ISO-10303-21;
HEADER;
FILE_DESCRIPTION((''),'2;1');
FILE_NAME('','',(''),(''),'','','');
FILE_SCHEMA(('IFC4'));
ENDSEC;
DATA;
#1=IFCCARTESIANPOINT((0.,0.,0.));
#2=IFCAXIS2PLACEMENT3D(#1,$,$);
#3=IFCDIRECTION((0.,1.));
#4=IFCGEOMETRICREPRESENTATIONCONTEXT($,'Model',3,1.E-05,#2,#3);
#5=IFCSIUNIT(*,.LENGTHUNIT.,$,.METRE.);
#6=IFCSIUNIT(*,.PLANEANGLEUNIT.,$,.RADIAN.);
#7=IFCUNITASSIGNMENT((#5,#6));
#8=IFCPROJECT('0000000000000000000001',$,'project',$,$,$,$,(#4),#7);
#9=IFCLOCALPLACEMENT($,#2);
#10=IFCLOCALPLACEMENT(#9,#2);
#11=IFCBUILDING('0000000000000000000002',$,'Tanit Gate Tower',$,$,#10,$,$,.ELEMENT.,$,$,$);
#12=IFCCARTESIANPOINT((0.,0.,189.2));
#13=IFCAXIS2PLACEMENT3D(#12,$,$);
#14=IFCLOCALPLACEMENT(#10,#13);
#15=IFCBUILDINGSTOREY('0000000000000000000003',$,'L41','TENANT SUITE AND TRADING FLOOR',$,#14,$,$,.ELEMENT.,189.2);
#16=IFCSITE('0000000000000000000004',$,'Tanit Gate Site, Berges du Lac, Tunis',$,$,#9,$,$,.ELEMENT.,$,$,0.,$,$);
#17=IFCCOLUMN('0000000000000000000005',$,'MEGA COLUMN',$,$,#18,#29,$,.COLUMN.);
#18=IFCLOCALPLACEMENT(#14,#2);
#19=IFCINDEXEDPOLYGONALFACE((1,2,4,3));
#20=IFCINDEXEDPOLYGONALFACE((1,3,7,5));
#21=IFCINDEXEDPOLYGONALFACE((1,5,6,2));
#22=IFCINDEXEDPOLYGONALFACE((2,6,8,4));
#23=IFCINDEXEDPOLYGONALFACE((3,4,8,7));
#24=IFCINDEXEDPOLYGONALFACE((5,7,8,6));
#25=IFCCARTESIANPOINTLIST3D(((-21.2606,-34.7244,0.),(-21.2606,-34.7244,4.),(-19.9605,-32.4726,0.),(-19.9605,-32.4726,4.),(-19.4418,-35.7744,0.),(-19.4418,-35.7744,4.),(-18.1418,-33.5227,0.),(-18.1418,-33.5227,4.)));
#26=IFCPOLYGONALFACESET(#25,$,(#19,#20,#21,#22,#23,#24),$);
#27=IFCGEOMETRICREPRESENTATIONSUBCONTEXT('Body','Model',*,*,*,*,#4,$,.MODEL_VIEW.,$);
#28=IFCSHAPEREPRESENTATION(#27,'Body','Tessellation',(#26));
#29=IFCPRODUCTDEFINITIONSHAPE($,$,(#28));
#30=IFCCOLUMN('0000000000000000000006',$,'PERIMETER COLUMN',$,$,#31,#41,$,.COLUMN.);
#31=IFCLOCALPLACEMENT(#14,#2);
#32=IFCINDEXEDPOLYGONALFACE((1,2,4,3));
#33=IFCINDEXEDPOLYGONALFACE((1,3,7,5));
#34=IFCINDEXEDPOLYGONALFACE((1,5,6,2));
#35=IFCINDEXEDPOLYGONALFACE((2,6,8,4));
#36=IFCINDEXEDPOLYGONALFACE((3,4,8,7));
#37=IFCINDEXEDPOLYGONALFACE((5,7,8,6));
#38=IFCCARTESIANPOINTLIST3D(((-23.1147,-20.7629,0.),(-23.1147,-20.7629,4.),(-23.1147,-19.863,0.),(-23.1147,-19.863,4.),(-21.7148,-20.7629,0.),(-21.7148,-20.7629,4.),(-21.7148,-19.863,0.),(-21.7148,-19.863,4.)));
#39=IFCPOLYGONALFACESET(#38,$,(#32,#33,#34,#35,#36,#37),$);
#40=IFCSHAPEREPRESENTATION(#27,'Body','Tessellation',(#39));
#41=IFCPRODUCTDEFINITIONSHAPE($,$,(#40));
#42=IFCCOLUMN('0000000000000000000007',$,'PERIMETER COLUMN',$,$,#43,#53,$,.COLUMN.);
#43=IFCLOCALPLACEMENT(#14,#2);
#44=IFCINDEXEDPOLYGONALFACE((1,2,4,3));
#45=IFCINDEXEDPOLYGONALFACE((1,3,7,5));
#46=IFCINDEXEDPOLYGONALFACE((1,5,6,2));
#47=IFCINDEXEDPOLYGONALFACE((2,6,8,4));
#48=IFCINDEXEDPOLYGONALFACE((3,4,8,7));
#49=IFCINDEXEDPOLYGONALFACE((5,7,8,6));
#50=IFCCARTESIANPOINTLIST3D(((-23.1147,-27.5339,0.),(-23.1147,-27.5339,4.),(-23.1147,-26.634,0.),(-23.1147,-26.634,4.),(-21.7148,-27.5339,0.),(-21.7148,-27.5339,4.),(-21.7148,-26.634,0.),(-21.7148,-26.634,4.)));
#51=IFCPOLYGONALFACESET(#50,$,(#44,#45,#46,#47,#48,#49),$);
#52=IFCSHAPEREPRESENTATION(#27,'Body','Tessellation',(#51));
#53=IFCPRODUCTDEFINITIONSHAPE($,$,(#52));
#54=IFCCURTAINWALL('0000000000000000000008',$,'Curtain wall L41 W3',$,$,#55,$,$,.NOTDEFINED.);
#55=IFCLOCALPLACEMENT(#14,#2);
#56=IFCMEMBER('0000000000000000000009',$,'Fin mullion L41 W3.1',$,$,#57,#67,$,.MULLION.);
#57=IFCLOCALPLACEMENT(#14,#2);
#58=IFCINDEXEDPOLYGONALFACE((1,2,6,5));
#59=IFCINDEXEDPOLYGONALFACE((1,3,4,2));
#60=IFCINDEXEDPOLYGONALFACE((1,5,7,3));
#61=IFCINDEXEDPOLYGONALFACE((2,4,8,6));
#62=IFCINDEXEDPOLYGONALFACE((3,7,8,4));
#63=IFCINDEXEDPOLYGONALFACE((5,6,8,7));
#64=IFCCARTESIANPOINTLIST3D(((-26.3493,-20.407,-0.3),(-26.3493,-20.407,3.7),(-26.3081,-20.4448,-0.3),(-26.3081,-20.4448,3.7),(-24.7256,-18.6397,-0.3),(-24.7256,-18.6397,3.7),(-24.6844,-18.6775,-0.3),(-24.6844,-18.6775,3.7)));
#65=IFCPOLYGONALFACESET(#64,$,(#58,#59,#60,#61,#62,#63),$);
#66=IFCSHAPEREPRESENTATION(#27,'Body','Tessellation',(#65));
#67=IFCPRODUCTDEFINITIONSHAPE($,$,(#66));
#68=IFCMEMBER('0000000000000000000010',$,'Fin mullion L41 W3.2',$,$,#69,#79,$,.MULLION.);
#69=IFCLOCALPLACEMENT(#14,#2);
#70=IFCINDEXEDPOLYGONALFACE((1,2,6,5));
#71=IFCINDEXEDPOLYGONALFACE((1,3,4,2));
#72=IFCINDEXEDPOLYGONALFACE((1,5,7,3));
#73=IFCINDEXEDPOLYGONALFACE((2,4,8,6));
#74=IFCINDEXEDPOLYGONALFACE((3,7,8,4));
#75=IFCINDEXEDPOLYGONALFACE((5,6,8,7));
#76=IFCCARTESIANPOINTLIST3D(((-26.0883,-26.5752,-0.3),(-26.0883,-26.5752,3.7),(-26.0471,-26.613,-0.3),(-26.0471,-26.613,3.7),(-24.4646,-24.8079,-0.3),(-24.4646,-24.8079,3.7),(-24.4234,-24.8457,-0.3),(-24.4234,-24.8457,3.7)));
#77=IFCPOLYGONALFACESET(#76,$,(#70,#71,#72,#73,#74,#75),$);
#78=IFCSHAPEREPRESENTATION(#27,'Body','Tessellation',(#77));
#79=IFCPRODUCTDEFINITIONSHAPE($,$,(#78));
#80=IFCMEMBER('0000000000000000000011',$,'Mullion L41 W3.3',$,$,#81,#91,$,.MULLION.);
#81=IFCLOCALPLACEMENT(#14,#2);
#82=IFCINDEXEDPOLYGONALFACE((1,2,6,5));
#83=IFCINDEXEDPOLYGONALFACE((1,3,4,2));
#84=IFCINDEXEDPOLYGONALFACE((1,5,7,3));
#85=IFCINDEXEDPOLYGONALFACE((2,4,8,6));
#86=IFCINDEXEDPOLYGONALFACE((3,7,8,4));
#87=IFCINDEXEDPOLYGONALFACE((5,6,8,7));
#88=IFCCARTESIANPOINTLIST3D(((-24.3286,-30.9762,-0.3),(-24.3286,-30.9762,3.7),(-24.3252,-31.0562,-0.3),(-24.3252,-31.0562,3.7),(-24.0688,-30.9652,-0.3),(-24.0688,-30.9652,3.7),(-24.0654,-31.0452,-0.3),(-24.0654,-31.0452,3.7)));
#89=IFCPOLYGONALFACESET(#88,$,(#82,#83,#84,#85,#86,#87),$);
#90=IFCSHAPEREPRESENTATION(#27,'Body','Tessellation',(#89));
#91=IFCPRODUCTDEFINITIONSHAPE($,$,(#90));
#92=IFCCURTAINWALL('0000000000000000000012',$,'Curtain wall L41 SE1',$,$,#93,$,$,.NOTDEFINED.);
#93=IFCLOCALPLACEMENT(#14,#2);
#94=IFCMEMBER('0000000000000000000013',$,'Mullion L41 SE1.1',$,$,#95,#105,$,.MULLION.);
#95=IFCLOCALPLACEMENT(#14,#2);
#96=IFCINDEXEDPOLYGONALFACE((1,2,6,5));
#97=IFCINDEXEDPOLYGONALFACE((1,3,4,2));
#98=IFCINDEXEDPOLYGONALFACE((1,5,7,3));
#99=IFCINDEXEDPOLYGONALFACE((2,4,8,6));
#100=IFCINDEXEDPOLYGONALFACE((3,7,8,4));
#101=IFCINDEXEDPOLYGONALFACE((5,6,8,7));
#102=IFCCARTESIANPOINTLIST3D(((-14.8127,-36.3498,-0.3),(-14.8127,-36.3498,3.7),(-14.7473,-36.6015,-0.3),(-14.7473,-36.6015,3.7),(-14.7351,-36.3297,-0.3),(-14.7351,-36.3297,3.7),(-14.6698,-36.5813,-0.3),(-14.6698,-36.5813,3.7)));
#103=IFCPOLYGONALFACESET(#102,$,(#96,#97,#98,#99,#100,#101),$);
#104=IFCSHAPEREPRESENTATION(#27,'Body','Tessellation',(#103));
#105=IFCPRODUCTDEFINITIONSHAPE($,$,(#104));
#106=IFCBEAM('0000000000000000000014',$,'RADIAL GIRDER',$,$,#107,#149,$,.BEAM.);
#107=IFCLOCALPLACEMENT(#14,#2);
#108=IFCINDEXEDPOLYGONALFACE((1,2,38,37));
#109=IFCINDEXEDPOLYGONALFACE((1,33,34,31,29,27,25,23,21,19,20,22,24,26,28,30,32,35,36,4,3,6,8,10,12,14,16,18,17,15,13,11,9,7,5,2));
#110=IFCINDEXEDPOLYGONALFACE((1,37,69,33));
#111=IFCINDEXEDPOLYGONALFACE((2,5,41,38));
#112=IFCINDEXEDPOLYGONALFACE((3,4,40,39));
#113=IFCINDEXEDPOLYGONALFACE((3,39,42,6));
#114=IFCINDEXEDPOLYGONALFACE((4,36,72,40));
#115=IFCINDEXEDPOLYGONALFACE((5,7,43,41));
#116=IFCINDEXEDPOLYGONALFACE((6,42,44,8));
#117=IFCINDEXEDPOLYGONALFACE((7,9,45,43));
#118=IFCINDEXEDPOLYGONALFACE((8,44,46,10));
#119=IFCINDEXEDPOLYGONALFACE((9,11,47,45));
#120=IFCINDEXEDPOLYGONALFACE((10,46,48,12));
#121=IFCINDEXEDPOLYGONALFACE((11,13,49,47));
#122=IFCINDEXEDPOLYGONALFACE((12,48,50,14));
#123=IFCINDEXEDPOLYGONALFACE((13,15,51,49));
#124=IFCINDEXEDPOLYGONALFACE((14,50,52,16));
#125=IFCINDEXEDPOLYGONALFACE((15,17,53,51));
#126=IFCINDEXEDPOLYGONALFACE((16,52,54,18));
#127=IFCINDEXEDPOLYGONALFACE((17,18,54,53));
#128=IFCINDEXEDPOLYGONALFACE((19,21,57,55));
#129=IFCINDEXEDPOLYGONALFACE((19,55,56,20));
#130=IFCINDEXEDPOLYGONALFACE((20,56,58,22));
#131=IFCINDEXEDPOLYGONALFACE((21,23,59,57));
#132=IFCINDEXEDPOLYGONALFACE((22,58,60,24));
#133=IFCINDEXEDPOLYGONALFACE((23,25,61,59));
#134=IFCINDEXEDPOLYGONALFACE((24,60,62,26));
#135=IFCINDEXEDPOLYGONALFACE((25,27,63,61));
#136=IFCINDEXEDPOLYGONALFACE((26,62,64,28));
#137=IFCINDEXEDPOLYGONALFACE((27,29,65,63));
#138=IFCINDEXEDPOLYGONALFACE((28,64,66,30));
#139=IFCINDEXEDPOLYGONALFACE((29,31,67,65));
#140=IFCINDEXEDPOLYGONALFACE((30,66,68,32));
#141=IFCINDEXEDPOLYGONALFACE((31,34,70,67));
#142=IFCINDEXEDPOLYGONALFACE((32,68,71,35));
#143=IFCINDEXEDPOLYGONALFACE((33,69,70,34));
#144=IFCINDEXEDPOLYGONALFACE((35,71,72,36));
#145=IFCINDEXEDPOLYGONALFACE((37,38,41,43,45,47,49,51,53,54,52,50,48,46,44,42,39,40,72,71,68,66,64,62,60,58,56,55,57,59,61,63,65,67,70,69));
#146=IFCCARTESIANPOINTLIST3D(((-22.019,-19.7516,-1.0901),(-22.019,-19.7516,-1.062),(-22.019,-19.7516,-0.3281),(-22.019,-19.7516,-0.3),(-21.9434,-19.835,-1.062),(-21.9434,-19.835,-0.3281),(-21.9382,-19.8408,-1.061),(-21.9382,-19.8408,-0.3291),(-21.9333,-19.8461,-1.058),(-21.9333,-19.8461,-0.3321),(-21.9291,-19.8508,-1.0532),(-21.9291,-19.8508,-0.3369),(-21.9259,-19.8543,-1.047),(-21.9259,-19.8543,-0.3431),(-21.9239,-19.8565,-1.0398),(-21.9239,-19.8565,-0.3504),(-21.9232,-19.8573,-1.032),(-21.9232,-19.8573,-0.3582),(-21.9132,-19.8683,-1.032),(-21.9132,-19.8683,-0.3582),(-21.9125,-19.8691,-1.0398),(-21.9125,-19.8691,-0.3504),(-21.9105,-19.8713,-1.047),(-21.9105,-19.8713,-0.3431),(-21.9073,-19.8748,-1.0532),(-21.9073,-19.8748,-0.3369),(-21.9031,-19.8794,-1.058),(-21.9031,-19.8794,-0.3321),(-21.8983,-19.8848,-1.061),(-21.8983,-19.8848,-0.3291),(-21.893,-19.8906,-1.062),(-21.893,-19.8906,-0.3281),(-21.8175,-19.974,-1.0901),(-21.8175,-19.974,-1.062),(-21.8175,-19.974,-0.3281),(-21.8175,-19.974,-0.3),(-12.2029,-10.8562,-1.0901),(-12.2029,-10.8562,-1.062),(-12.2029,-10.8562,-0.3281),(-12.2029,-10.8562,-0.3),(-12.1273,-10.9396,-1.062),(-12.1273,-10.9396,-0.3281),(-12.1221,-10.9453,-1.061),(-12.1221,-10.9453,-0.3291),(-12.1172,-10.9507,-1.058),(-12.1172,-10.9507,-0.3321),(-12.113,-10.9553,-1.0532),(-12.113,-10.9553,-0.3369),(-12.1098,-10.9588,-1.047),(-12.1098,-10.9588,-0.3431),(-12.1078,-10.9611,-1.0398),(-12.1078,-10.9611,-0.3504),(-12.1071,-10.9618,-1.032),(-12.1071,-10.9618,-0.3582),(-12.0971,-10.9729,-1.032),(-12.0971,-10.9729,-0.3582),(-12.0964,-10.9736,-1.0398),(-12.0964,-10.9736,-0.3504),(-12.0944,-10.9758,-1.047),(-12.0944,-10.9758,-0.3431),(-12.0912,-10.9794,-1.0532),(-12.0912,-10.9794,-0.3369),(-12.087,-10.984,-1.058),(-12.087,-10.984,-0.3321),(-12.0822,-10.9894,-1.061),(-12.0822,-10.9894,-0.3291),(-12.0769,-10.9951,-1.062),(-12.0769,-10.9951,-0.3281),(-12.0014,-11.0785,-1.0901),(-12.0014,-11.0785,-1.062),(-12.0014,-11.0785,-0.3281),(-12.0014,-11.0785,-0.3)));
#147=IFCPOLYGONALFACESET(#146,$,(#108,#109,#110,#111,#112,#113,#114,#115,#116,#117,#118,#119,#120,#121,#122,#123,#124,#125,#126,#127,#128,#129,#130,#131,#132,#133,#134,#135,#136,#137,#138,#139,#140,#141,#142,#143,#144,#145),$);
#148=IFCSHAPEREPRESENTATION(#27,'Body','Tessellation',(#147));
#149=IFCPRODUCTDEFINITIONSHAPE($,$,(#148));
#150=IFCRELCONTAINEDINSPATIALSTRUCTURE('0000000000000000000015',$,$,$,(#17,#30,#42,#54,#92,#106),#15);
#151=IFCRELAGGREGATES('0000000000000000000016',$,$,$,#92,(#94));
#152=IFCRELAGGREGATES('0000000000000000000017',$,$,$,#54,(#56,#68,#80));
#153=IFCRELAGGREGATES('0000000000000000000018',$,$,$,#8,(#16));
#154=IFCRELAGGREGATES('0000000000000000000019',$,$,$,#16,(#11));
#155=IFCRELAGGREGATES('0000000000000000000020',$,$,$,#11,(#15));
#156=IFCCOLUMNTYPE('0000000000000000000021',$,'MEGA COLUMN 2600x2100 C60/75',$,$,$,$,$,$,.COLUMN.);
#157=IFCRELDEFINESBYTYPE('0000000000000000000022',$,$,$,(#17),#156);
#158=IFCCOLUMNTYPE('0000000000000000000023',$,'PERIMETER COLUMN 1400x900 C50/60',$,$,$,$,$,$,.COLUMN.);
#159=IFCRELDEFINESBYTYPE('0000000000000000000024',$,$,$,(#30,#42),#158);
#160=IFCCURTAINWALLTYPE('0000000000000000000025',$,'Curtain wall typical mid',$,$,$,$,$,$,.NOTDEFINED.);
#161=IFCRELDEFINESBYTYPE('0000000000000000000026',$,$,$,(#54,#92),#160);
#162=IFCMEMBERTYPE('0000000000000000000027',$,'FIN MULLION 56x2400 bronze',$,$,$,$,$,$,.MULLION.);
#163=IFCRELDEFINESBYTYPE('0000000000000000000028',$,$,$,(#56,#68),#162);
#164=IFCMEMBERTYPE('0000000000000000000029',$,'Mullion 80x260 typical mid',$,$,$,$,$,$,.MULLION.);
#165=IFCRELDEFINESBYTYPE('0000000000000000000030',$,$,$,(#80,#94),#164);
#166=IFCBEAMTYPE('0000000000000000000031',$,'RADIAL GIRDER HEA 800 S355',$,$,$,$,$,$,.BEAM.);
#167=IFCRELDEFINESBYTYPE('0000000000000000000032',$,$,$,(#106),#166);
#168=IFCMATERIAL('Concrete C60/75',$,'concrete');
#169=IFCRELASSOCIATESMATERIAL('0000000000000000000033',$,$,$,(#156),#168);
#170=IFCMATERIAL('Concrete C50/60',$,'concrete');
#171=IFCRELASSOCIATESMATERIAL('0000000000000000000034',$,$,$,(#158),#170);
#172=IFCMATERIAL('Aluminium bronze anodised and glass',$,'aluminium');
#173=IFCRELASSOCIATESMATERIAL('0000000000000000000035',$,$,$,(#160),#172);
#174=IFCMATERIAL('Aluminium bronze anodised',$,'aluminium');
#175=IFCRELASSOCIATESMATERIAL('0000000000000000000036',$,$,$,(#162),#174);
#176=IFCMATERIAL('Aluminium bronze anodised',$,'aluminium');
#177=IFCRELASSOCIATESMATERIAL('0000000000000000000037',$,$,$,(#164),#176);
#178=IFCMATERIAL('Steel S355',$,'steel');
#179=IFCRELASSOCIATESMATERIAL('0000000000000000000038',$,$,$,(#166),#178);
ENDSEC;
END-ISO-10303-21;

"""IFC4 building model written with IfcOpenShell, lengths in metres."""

from ifc_helpers import new_model, si_unit, direction, frame, origin, origin_2d, place, context, subcontext, project, spatial, rectangle, i_section, extrude, material, material_profile, profile_set, type_object, element, aggregate, save


model = new_model("IFC4")

# Units and contexts
model_context = context("Model", 3, precision=1e-05, world=origin(), true_north=direction((0.0, 1.0)))
body_context = subcontext(model_context, "Body", "Model", "MODEL_VIEW")
ifc_project = project(units=[si_unit("LENGTHUNIT", "METRE"), si_unit("PLANEANGLEUNIT", "RADIAN")], contexts=[model_context])

# Site, building, storey
site_placement = place(None, origin())
site = spatial("IfcSite", under=ifc_project, at=site_placement, Name="Tanit Gate Site, Berges du Lac, Tunis", CompositionType="ELEMENT", RefElevation=0.0)
building_placement = place(site_placement, origin())
building = spatial("IfcBuilding", under=site, at=building_placement, Name="Tanit Gate Tower", CompositionType="ELEMENT")
storey_placement = place(building_placement, frame((0.0, 0.0, 189.2)))
storey = spatial("IfcBuildingStorey", under=building, at=storey_placement, Name="L41", Description="TENANT SUITE AND TRADING FLOOR", CompositionType="ELEMENT", Elevation=189.2)

# Columns
ifc_material_1 = material(Name="Concrete C60/75", Category="concrete")
ifc_material_profile_1 = material_profile(ifc_material_1, rectangle(XDim=2.6001, YDim=2.1001, at=origin_2d()), Name="RC 2600x2100")
ifc_profile_set_1 = profile_set([ifc_material_profile_1], Name="Concrete C60/75")
column_type_1 = type_object("IfcColumnType", Name="MEGA COLUMN 2600x2100 C60/75", PredefinedType="COLUMN", material=ifc_profile_set_1)
column_placement = place(storey_placement, frame((-19.7012, -34.1235, 0.0), z_axis=(0.0, 0.0, 1.0), x_axis=(-0.5, -0.866025, 0.0)))
element("IfcColumn", 1, at=column_placement, inside=storey, type_object=column_type_1, Name="MEGA COLUMN", PredefinedType="COLUMN", context=body_context, shape_type="SweptSolid", body=[
    extrude(rectangle(XDim=2.6001, YDim=2.1001, at=origin_2d()), origin(), (0.0, 0.0, 1.0), 4.0),
])
ifc_material_2 = material(Name="Concrete C50/60", Category="concrete")
ifc_material_profile_2 = material_profile(ifc_material_2, rectangle(XDim=1.3999, YDim=0.8999, at=origin_2d()), Name="RC 1400x900")
ifc_profile_set_2 = profile_set([ifc_material_profile_2], Name="Concrete C50/60")
column_type_2 = type_object("IfcColumnType", Name="PERIMETER COLUMN 1400x900 C50/60", PredefinedType="COLUMN", material=ifc_profile_set_2)
for number, where, z_axis, x_axis, name in (
    (2, (-22.4148, -20.313, 0.0), (0.0, 0.0, 1.0), (-1.0, 0.0, 0.0), "PERIMETER COLUMN"),
    (3, (-22.4148, -27.084, 0.0), (0.0, 0.0, 1.0), (-1.0, 0.0, 0.0), "PERIMETER COLUMN"),
):
    element("IfcColumn", number, at=place(storey_placement, frame(where, z_axis=z_axis, x_axis=x_axis)), inside=storey, type_object=column_type_2, Name=name, PredefinedType="COLUMN", context=body_context, shape_type="SweptSolid", body=[
        extrude(rectangle(XDim=1.3999, YDim=0.8999, at=origin_2d()), origin(), (0.0, 0.0, 1.0), 4.0),
    ])

# Curtain wall, members
ifc_material_3 = material(Name="Aluminium bronze anodised and glass", Category="aluminium")
curtain_wall_type = type_object("IfcCurtainWallType", Name="Curtain wall typical mid", PredefinedType="NOTDEFINED", material=ifc_material_3)
curtain_wall_1_placement = place(storey_placement, origin())
curtain_wall_1 = element("IfcCurtainWall", 4, at=curtain_wall_1_placement, inside=storey, type_object=curtain_wall_type, Name="Curtain wall L41 W3", PredefinedType="NOTDEFINED")
ifc_material_4 = material(Name="Aluminium bronze anodised", Category="aluminium")
ifc_material_profile_3 = material_profile(ifc_material_4, rectangle(XDim=2.3999, YDim=0.0559, at=origin_2d()), Name="56x2400 bronze fin mullion")
ifc_profile_set_3 = profile_set([ifc_material_profile_3], Name="Aluminium bronze anodised")
member_type_1 = type_object("IfcMemberType", Name="FIN MULLION 56x2400 bronze", PredefinedType="MULLION", material=ifc_profile_set_3)
member_1_placement = place(storey_placement, frame((-25.5168, -19.5422, -0.3), z_axis=(0.0, 0.0, 1.0), x_axis=(0.676558, 0.736389, 0.0)))
member_1 = element("IfcMember", 5, at=member_1_placement, type_object=member_type_1, Name="Fin mullion L41 W3.1", PredefinedType="MULLION", context=body_context, shape_type="SweptSolid", body=[
    extrude(rectangle(XDim=2.3999, YDim=0.0559, at=origin_2d()), origin(), (0.0, 0.0, 1.0), 4.0),
])
member_2_placement = place(storey_placement, frame((-25.2559, -25.7104, -0.3), z_axis=(0.0, 0.0, 1.0), x_axis=(0.676558, 0.736389, 0.0)))
member_2 = element("IfcMember", 6, at=member_2_placement, type_object=member_type_1, Name="Fin mullion L41 W3.2", PredefinedType="MULLION", context=body_context, shape_type="SweptSolid", body=[
    extrude(rectangle(XDim=2.3999, YDim=0.0559, at=origin_2d()), origin(), (0.0, 0.0, 1.0), 4.0),
])
ifc_material_5 = material(Name="Aluminium bronze anodised", Category="aluminium")
ifc_material_profile_4 = material_profile(ifc_material_5, rectangle(XDim=0.26, YDim=0.0801, at=origin_2d()), Name="80x260 bronze mullion")
ifc_profile_set_4 = profile_set([ifc_material_profile_4], Name="Aluminium bronze anodised")
member_type_2 = type_object("IfcMemberType", Name="Mullion 80x260 typical mid", PredefinedType="MULLION", material=ifc_profile_set_4)
member_3_placement = place(storey_placement, frame((-24.197, -31.0107, -0.3), z_axis=(0.0, 0.0, 1.0), x_axis=(0.999105, 0.042307, 0.0)))
member_3 = element("IfcMember", 7, at=member_3_placement, type_object=member_type_2, Name="Mullion L41 W3.3", PredefinedType="MULLION", context=body_context, shape_type="SweptSolid", body=[
    extrude(rectangle(XDim=0.26, YDim=0.0801, at=origin_2d()), origin(), (0.0, 0.0, 1.0), 4.0),
])

# Curtain wall, member
curtain_wall_2_placement = place(storey_placement, origin())
curtain_wall_2 = element("IfcCurtainWall", 8, at=curtain_wall_2_placement, inside=storey, type_object=curtain_wall_type, Name="Curtain wall L41 SE1", PredefinedType="NOTDEFINED")
member_4_placement = place(storey_placement, frame((-14.7412, -36.4656, -0.3), z_axis=(0.0, 0.0, 1.0), x_axis=(-0.251432, 0.967875, 0.0)))
member_4 = element("IfcMember", 9, at=member_4_placement, type_object=member_type_2, Name="Mullion L41 SE1.1", PredefinedType="MULLION", context=body_context, shape_type="SweptSolid", body=[
    extrude(rectangle(XDim=0.26, YDim=0.0801, at=origin_2d()), origin(), (0.0, 0.0, 1.0), 4.0),
])
aggregate(curtain_wall_2, [member_4])

# Beam
ifc_material_6 = material(Name="Steel S355", Category="steel")
ifc_material_profile_5 = material_profile(ifc_material_6, i_section(OverallWidth=0.3, OverallDepth=0.79, WebThickness=0.0149, FlangeThickness=0.0281, FilletRadius=0.03, at=origin_2d()), Name="HEA 800")
ifc_profile_set_5 = profile_set([ifc_material_profile_5], Name="Steel S355")
beam_type_1 = type_object("IfcBeamType", Name="RADIAL GIRDER HEA 800 S355", PredefinedType="BEAM", material=ifc_profile_set_5)
beam_1_placement = place(storey_placement, frame((-21.9182, -19.8628, -0.6951), z_axis=(0.741002, 0.671503, 0.0), x_axis=(-0.671503, 0.741002, 0.0)))
element("IfcBeam", 10, at=beam_1_placement, inside=storey, type_object=beam_type_1, Name="RADIAL GIRDER", PredefinedType="BEAM", context=body_context, shape_type="SweptSolid", body=[
    extrude(i_section(OverallWidth=0.3, OverallDepth=0.79, WebThickness=0.0149, FlangeThickness=0.0281, FilletRadius=0.03, at=origin_2d()), origin(), (0.0, 0.0, 1.0), 13.2471),
])

aggregate(curtain_wall_1, [member_1, member_2, member_3])

save(model, "model.ifc")
